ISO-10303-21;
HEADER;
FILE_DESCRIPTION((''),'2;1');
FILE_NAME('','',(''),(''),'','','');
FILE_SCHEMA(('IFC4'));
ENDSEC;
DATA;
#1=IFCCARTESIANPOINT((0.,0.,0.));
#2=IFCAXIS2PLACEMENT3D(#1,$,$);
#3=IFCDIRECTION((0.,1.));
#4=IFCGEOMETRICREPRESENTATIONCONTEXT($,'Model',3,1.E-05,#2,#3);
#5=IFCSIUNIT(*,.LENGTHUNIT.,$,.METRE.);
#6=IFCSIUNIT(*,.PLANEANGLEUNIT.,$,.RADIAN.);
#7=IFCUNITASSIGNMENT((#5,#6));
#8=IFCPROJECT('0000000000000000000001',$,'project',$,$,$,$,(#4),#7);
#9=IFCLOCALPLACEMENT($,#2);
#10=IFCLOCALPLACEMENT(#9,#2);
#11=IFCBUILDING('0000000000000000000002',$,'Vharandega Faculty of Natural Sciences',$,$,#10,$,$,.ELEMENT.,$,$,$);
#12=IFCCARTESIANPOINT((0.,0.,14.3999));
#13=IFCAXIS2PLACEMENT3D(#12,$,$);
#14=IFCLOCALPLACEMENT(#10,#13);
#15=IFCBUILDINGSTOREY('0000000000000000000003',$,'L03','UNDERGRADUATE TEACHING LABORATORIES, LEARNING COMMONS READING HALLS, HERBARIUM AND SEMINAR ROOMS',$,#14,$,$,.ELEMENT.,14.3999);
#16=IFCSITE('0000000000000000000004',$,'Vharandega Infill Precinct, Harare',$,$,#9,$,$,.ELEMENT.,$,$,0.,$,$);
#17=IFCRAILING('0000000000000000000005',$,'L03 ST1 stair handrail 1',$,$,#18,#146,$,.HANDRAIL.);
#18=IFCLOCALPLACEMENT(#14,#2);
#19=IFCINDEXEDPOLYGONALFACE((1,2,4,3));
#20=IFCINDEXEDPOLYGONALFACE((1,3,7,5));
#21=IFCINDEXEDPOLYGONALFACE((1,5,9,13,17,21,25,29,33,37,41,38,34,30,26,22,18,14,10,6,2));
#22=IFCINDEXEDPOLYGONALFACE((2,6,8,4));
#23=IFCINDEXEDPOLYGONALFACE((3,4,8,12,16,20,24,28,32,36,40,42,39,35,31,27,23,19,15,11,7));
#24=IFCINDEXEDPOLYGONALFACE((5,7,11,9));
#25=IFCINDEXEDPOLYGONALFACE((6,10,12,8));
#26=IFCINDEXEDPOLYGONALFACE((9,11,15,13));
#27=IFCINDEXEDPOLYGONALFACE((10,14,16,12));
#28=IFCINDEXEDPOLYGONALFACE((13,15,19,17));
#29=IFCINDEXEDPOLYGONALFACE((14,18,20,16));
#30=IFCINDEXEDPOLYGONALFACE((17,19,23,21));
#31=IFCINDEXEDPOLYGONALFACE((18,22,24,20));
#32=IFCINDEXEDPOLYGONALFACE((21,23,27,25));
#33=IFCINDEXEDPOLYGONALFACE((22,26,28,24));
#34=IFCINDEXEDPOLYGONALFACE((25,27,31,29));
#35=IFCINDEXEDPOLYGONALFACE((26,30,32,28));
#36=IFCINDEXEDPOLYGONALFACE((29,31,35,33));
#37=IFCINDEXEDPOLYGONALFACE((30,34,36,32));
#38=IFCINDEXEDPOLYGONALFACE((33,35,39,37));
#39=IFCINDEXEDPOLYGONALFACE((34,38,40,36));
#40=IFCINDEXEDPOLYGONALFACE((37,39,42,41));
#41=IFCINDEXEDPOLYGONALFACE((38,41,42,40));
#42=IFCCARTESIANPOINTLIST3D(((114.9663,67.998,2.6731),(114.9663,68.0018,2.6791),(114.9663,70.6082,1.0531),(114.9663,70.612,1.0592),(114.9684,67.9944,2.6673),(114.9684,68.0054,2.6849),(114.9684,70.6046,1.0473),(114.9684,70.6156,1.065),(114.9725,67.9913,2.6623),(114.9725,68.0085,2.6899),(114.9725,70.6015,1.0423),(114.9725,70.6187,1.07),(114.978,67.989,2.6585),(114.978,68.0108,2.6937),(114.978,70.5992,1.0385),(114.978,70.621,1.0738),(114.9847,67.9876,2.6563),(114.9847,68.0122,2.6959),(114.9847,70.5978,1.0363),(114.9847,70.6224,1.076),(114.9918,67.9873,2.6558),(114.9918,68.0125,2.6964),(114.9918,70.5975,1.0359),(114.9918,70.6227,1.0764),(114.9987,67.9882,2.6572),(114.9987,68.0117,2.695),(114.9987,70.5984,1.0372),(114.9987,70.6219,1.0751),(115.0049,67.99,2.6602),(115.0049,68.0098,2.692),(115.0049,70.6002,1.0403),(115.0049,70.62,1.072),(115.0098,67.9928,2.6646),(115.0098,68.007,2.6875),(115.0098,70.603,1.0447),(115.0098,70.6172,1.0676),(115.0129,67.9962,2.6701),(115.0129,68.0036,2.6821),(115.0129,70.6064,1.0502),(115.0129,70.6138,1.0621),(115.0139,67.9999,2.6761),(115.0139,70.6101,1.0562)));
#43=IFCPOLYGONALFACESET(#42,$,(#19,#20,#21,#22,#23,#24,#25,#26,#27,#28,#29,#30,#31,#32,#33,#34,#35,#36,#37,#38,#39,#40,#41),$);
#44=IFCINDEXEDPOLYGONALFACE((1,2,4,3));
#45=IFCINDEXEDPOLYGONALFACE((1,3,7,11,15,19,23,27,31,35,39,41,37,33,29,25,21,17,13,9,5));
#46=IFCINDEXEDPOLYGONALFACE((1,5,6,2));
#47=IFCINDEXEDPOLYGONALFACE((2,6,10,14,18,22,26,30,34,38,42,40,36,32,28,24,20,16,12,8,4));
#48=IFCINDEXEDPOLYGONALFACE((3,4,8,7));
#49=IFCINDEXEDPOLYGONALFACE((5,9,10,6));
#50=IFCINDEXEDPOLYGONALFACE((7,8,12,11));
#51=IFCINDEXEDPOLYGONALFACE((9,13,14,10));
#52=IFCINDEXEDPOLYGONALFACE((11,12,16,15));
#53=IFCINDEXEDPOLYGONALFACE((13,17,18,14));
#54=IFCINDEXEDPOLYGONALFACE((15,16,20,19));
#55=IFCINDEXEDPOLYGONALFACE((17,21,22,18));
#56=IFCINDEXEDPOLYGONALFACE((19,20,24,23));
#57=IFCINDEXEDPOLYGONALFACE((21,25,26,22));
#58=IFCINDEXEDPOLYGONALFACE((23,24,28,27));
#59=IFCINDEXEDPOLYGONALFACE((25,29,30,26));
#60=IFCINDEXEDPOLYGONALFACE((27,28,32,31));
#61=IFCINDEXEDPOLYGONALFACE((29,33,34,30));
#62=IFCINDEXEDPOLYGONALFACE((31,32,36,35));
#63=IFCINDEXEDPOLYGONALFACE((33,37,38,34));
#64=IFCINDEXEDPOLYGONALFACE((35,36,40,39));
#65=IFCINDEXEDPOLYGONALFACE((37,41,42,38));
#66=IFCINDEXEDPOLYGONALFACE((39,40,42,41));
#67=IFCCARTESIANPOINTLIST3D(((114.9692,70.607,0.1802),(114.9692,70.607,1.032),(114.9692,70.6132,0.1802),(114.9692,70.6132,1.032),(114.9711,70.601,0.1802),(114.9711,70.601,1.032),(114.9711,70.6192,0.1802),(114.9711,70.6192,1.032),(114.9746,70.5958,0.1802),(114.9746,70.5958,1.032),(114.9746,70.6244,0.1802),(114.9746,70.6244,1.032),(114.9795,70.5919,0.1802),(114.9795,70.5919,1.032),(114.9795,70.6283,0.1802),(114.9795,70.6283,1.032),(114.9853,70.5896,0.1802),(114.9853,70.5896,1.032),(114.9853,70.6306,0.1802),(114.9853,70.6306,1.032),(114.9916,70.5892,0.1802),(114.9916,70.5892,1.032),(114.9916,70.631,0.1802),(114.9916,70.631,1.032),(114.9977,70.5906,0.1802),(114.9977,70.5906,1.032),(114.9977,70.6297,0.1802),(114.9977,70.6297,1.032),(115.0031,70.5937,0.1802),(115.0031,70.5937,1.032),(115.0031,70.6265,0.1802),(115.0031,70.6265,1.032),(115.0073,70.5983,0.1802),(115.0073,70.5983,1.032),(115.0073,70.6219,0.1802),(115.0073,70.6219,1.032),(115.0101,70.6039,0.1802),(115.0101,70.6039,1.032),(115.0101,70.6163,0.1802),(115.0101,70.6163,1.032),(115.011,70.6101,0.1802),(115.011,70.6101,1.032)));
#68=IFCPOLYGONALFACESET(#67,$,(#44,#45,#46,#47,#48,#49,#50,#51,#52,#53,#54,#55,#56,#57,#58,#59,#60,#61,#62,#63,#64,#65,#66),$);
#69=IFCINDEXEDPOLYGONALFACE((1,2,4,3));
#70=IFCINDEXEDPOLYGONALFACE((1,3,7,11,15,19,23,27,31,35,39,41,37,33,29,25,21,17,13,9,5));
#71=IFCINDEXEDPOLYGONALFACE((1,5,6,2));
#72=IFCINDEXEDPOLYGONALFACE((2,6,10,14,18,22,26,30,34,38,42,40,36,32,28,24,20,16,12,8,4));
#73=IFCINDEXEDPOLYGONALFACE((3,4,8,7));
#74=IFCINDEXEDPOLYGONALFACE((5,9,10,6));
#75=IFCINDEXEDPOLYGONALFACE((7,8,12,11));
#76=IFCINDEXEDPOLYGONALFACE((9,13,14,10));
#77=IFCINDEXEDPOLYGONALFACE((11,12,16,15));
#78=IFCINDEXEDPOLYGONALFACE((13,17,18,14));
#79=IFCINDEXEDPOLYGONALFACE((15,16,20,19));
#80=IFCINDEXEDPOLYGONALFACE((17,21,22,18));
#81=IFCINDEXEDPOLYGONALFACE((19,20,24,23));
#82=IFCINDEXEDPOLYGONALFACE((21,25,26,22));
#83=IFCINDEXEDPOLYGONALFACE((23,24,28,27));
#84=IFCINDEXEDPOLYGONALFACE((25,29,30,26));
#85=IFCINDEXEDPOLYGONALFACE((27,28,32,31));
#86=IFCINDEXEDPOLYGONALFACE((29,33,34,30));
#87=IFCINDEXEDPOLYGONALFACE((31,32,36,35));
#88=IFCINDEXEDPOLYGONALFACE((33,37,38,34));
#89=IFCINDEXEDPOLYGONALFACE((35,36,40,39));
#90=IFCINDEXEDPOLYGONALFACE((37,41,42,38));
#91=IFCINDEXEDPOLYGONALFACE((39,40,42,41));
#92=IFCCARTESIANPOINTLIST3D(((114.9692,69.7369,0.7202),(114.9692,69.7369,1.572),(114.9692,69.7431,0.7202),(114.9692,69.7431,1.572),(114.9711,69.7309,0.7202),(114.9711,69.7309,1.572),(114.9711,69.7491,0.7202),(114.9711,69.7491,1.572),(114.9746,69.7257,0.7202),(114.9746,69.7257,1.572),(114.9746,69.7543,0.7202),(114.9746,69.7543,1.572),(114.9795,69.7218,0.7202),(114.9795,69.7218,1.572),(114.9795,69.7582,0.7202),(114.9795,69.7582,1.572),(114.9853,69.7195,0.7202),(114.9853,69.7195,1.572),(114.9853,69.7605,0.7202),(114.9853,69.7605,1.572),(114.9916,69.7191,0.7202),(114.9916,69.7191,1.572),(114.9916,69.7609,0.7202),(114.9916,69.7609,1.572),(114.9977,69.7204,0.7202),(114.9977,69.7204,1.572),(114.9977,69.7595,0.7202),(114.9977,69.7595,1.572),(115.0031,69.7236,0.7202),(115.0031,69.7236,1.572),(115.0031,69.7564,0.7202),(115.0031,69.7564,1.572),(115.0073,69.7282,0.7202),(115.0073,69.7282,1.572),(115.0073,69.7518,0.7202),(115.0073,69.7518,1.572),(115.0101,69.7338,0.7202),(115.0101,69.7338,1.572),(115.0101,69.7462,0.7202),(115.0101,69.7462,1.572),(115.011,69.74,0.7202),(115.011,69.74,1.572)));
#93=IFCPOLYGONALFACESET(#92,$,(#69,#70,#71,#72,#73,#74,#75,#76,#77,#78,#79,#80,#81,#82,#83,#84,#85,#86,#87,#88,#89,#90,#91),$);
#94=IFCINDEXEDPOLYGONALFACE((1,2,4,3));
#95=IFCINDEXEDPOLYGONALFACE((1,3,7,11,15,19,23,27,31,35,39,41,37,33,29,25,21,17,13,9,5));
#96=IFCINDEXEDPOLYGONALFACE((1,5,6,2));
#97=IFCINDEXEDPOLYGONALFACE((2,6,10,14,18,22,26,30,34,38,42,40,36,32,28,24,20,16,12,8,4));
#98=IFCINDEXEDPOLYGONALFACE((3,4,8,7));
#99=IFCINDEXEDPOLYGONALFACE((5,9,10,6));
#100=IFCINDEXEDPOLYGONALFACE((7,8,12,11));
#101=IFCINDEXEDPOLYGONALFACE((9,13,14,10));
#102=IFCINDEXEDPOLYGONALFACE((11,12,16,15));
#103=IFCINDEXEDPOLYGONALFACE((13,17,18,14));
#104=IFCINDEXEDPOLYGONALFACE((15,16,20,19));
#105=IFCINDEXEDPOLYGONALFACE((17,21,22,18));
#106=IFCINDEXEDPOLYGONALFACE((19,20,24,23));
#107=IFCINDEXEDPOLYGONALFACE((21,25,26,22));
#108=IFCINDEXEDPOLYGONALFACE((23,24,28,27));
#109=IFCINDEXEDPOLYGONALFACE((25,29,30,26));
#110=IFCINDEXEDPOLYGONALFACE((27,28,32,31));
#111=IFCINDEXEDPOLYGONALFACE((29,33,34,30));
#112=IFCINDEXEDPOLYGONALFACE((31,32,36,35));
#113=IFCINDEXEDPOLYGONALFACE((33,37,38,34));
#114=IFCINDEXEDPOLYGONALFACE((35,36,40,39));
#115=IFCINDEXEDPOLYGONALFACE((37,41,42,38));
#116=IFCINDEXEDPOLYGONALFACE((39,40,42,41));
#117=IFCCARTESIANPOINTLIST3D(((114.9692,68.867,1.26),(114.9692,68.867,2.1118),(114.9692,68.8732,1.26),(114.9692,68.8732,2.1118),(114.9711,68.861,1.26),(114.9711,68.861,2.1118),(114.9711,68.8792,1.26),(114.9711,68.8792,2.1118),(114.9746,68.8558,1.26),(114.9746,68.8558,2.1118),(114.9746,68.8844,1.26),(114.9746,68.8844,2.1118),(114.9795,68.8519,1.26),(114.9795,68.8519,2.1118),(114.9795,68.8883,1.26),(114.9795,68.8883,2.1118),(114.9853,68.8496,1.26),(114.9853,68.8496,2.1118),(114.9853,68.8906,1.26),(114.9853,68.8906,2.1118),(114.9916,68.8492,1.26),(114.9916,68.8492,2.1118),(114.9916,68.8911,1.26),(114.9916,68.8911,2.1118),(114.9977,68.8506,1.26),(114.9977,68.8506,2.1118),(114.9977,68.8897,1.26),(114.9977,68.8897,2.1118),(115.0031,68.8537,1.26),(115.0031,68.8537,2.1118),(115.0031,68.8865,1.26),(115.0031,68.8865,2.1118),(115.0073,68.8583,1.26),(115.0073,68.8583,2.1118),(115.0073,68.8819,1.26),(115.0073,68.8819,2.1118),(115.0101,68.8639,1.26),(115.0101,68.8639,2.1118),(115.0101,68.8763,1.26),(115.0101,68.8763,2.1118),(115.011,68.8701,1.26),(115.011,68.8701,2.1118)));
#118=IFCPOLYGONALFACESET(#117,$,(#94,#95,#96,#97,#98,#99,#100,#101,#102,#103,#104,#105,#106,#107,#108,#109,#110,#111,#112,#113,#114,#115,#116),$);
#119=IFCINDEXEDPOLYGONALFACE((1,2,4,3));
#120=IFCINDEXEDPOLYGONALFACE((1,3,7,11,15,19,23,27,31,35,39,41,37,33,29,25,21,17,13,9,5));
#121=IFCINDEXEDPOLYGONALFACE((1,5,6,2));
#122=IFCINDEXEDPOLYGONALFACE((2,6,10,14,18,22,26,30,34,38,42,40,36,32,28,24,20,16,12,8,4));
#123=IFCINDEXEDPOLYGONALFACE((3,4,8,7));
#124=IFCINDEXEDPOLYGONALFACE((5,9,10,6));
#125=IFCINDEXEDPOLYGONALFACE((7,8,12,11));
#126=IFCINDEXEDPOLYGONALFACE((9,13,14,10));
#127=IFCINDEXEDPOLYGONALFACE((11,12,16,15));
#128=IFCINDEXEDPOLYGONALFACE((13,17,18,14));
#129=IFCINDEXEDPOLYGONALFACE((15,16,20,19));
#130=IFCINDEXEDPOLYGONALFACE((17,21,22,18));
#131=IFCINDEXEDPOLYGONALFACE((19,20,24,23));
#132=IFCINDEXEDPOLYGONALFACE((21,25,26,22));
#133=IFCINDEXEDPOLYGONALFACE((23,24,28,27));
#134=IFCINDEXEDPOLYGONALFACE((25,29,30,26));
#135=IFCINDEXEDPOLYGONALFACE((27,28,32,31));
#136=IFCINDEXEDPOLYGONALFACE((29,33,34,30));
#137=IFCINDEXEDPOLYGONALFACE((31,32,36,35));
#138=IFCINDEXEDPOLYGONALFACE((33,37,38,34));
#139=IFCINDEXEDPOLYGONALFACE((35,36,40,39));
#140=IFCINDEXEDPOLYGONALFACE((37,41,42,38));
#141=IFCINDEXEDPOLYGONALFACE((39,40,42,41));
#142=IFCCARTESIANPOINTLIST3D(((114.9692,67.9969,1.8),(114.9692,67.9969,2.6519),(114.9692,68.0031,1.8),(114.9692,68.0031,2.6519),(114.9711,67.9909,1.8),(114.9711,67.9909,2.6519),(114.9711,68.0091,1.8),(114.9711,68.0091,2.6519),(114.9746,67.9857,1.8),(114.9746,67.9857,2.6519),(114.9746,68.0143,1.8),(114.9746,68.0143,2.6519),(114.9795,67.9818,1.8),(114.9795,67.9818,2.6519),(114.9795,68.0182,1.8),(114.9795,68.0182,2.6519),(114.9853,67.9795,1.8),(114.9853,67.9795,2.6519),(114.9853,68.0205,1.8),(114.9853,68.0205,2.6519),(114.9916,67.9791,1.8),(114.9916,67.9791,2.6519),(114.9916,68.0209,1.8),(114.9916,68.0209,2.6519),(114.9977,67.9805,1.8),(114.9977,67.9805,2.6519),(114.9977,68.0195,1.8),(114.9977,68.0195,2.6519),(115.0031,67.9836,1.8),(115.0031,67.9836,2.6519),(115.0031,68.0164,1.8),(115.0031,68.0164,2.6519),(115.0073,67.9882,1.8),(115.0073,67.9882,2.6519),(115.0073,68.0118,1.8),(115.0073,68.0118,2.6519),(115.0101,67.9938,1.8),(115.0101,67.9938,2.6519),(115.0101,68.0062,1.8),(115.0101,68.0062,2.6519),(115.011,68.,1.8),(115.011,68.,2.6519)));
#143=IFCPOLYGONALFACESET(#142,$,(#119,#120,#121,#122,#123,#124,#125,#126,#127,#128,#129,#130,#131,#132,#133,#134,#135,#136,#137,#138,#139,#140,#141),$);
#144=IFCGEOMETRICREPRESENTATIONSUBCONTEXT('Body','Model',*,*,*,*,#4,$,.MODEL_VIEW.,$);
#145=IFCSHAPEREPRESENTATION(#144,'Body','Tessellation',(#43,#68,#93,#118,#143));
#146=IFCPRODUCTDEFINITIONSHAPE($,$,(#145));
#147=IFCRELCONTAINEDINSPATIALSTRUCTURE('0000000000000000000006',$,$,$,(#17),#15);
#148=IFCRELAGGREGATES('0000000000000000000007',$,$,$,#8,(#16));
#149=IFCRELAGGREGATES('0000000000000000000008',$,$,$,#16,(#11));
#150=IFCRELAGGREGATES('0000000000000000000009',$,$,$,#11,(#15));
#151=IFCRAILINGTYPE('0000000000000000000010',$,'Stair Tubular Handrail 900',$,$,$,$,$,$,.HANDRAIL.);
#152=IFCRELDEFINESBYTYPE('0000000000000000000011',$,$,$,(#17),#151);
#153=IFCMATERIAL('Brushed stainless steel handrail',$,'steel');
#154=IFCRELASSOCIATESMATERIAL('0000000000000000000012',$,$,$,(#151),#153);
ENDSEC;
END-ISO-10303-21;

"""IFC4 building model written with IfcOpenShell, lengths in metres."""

from ifc_helpers import new_model, si_unit, direction, frame, origin, origin_2d, place, context, subcontext, project, spatial, circle, extrude, material, type_object, element, save


model = new_model("IFC4")

# Units and contexts
model_context = context("Model", 3, precision=1e-05, world=origin(), true_north=direction((0.0, 1.0)))
body_context = subcontext(model_context, "Body", "Model", "MODEL_VIEW")
ifc_project = project(units=[si_unit("LENGTHUNIT", "METRE"), si_unit("PLANEANGLEUNIT", "RADIAN")], contexts=[model_context])

# Site, building, storey
site_placement = place(None, origin())
site = spatial("IfcSite", under=ifc_project, at=site_placement, Name="Vharandega Infill Precinct, Harare", CompositionType="ELEMENT", RefElevation=0.0)
building_placement = place(site_placement, origin())
building = spatial("IfcBuilding", under=site, at=building_placement, Name="Vharandega Faculty of Natural Sciences", CompositionType="ELEMENT")
storey_placement = place(building_placement, frame((0.0, 0.0, 14.3999)))
storey = spatial("IfcBuildingStorey", under=building, at=storey_placement, Name="L03", Description="UNDERGRADUATE TEACHING LABORATORIES, LEARNING COMMONS READING HALLS, HERBARIUM AND SEMINAR ROOMS", CompositionType="ELEMENT", Elevation=14.3999)

# Railing
ifc_material_1 = material(Name="Brushed stainless steel handrail", Category="steel")
railing_type_1 = type_object("IfcRailingType", Name="Stair Tubular Handrail 900", PredefinedType="HANDRAIL", material=ifc_material_1)
railing_1_placement = place(storey_placement, frame((114.99, 70.6101, 0.1802)))
element("IfcRailing", 1, at=railing_1_placement, inside=storey, type_object=railing_type_1, Name="L03 ST1 stair handrail 1", PredefinedType="HANDRAIL", context=body_context, shape_type="SweptSolid", body=[
    extrude(circle(Radius=0.0239, at=origin_2d()), frame((0.0, 0.0, 0.876), z_axis=(0.0, -0.849668, 0.527317), x_axis=(1.0, 0.0, 0.0)), (0.0, 0.0, 1.0), 3.072),
    extrude(circle(Radius=0.021, at=origin_2d()), origin(), (0.0, 0.0, 1.0), 0.8518),
    extrude(circle(Radius=0.021, at=origin_2d()), frame((0.0, -0.8701, 0.54)), (0.0, 0.0, 1.0), 0.8518),
    extrude(circle(Radius=0.021, at=origin_2d()), frame((0.0, -1.74, 1.0798)), (0.0, 0.0, 1.0), 0.8518),
    extrude(circle(Radius=0.021, at=origin_2d()), frame((0.0, -2.6101, 1.6199)), (0.0, 0.0, 1.0), 0.8518),
])

save(model, "model.ifc")
